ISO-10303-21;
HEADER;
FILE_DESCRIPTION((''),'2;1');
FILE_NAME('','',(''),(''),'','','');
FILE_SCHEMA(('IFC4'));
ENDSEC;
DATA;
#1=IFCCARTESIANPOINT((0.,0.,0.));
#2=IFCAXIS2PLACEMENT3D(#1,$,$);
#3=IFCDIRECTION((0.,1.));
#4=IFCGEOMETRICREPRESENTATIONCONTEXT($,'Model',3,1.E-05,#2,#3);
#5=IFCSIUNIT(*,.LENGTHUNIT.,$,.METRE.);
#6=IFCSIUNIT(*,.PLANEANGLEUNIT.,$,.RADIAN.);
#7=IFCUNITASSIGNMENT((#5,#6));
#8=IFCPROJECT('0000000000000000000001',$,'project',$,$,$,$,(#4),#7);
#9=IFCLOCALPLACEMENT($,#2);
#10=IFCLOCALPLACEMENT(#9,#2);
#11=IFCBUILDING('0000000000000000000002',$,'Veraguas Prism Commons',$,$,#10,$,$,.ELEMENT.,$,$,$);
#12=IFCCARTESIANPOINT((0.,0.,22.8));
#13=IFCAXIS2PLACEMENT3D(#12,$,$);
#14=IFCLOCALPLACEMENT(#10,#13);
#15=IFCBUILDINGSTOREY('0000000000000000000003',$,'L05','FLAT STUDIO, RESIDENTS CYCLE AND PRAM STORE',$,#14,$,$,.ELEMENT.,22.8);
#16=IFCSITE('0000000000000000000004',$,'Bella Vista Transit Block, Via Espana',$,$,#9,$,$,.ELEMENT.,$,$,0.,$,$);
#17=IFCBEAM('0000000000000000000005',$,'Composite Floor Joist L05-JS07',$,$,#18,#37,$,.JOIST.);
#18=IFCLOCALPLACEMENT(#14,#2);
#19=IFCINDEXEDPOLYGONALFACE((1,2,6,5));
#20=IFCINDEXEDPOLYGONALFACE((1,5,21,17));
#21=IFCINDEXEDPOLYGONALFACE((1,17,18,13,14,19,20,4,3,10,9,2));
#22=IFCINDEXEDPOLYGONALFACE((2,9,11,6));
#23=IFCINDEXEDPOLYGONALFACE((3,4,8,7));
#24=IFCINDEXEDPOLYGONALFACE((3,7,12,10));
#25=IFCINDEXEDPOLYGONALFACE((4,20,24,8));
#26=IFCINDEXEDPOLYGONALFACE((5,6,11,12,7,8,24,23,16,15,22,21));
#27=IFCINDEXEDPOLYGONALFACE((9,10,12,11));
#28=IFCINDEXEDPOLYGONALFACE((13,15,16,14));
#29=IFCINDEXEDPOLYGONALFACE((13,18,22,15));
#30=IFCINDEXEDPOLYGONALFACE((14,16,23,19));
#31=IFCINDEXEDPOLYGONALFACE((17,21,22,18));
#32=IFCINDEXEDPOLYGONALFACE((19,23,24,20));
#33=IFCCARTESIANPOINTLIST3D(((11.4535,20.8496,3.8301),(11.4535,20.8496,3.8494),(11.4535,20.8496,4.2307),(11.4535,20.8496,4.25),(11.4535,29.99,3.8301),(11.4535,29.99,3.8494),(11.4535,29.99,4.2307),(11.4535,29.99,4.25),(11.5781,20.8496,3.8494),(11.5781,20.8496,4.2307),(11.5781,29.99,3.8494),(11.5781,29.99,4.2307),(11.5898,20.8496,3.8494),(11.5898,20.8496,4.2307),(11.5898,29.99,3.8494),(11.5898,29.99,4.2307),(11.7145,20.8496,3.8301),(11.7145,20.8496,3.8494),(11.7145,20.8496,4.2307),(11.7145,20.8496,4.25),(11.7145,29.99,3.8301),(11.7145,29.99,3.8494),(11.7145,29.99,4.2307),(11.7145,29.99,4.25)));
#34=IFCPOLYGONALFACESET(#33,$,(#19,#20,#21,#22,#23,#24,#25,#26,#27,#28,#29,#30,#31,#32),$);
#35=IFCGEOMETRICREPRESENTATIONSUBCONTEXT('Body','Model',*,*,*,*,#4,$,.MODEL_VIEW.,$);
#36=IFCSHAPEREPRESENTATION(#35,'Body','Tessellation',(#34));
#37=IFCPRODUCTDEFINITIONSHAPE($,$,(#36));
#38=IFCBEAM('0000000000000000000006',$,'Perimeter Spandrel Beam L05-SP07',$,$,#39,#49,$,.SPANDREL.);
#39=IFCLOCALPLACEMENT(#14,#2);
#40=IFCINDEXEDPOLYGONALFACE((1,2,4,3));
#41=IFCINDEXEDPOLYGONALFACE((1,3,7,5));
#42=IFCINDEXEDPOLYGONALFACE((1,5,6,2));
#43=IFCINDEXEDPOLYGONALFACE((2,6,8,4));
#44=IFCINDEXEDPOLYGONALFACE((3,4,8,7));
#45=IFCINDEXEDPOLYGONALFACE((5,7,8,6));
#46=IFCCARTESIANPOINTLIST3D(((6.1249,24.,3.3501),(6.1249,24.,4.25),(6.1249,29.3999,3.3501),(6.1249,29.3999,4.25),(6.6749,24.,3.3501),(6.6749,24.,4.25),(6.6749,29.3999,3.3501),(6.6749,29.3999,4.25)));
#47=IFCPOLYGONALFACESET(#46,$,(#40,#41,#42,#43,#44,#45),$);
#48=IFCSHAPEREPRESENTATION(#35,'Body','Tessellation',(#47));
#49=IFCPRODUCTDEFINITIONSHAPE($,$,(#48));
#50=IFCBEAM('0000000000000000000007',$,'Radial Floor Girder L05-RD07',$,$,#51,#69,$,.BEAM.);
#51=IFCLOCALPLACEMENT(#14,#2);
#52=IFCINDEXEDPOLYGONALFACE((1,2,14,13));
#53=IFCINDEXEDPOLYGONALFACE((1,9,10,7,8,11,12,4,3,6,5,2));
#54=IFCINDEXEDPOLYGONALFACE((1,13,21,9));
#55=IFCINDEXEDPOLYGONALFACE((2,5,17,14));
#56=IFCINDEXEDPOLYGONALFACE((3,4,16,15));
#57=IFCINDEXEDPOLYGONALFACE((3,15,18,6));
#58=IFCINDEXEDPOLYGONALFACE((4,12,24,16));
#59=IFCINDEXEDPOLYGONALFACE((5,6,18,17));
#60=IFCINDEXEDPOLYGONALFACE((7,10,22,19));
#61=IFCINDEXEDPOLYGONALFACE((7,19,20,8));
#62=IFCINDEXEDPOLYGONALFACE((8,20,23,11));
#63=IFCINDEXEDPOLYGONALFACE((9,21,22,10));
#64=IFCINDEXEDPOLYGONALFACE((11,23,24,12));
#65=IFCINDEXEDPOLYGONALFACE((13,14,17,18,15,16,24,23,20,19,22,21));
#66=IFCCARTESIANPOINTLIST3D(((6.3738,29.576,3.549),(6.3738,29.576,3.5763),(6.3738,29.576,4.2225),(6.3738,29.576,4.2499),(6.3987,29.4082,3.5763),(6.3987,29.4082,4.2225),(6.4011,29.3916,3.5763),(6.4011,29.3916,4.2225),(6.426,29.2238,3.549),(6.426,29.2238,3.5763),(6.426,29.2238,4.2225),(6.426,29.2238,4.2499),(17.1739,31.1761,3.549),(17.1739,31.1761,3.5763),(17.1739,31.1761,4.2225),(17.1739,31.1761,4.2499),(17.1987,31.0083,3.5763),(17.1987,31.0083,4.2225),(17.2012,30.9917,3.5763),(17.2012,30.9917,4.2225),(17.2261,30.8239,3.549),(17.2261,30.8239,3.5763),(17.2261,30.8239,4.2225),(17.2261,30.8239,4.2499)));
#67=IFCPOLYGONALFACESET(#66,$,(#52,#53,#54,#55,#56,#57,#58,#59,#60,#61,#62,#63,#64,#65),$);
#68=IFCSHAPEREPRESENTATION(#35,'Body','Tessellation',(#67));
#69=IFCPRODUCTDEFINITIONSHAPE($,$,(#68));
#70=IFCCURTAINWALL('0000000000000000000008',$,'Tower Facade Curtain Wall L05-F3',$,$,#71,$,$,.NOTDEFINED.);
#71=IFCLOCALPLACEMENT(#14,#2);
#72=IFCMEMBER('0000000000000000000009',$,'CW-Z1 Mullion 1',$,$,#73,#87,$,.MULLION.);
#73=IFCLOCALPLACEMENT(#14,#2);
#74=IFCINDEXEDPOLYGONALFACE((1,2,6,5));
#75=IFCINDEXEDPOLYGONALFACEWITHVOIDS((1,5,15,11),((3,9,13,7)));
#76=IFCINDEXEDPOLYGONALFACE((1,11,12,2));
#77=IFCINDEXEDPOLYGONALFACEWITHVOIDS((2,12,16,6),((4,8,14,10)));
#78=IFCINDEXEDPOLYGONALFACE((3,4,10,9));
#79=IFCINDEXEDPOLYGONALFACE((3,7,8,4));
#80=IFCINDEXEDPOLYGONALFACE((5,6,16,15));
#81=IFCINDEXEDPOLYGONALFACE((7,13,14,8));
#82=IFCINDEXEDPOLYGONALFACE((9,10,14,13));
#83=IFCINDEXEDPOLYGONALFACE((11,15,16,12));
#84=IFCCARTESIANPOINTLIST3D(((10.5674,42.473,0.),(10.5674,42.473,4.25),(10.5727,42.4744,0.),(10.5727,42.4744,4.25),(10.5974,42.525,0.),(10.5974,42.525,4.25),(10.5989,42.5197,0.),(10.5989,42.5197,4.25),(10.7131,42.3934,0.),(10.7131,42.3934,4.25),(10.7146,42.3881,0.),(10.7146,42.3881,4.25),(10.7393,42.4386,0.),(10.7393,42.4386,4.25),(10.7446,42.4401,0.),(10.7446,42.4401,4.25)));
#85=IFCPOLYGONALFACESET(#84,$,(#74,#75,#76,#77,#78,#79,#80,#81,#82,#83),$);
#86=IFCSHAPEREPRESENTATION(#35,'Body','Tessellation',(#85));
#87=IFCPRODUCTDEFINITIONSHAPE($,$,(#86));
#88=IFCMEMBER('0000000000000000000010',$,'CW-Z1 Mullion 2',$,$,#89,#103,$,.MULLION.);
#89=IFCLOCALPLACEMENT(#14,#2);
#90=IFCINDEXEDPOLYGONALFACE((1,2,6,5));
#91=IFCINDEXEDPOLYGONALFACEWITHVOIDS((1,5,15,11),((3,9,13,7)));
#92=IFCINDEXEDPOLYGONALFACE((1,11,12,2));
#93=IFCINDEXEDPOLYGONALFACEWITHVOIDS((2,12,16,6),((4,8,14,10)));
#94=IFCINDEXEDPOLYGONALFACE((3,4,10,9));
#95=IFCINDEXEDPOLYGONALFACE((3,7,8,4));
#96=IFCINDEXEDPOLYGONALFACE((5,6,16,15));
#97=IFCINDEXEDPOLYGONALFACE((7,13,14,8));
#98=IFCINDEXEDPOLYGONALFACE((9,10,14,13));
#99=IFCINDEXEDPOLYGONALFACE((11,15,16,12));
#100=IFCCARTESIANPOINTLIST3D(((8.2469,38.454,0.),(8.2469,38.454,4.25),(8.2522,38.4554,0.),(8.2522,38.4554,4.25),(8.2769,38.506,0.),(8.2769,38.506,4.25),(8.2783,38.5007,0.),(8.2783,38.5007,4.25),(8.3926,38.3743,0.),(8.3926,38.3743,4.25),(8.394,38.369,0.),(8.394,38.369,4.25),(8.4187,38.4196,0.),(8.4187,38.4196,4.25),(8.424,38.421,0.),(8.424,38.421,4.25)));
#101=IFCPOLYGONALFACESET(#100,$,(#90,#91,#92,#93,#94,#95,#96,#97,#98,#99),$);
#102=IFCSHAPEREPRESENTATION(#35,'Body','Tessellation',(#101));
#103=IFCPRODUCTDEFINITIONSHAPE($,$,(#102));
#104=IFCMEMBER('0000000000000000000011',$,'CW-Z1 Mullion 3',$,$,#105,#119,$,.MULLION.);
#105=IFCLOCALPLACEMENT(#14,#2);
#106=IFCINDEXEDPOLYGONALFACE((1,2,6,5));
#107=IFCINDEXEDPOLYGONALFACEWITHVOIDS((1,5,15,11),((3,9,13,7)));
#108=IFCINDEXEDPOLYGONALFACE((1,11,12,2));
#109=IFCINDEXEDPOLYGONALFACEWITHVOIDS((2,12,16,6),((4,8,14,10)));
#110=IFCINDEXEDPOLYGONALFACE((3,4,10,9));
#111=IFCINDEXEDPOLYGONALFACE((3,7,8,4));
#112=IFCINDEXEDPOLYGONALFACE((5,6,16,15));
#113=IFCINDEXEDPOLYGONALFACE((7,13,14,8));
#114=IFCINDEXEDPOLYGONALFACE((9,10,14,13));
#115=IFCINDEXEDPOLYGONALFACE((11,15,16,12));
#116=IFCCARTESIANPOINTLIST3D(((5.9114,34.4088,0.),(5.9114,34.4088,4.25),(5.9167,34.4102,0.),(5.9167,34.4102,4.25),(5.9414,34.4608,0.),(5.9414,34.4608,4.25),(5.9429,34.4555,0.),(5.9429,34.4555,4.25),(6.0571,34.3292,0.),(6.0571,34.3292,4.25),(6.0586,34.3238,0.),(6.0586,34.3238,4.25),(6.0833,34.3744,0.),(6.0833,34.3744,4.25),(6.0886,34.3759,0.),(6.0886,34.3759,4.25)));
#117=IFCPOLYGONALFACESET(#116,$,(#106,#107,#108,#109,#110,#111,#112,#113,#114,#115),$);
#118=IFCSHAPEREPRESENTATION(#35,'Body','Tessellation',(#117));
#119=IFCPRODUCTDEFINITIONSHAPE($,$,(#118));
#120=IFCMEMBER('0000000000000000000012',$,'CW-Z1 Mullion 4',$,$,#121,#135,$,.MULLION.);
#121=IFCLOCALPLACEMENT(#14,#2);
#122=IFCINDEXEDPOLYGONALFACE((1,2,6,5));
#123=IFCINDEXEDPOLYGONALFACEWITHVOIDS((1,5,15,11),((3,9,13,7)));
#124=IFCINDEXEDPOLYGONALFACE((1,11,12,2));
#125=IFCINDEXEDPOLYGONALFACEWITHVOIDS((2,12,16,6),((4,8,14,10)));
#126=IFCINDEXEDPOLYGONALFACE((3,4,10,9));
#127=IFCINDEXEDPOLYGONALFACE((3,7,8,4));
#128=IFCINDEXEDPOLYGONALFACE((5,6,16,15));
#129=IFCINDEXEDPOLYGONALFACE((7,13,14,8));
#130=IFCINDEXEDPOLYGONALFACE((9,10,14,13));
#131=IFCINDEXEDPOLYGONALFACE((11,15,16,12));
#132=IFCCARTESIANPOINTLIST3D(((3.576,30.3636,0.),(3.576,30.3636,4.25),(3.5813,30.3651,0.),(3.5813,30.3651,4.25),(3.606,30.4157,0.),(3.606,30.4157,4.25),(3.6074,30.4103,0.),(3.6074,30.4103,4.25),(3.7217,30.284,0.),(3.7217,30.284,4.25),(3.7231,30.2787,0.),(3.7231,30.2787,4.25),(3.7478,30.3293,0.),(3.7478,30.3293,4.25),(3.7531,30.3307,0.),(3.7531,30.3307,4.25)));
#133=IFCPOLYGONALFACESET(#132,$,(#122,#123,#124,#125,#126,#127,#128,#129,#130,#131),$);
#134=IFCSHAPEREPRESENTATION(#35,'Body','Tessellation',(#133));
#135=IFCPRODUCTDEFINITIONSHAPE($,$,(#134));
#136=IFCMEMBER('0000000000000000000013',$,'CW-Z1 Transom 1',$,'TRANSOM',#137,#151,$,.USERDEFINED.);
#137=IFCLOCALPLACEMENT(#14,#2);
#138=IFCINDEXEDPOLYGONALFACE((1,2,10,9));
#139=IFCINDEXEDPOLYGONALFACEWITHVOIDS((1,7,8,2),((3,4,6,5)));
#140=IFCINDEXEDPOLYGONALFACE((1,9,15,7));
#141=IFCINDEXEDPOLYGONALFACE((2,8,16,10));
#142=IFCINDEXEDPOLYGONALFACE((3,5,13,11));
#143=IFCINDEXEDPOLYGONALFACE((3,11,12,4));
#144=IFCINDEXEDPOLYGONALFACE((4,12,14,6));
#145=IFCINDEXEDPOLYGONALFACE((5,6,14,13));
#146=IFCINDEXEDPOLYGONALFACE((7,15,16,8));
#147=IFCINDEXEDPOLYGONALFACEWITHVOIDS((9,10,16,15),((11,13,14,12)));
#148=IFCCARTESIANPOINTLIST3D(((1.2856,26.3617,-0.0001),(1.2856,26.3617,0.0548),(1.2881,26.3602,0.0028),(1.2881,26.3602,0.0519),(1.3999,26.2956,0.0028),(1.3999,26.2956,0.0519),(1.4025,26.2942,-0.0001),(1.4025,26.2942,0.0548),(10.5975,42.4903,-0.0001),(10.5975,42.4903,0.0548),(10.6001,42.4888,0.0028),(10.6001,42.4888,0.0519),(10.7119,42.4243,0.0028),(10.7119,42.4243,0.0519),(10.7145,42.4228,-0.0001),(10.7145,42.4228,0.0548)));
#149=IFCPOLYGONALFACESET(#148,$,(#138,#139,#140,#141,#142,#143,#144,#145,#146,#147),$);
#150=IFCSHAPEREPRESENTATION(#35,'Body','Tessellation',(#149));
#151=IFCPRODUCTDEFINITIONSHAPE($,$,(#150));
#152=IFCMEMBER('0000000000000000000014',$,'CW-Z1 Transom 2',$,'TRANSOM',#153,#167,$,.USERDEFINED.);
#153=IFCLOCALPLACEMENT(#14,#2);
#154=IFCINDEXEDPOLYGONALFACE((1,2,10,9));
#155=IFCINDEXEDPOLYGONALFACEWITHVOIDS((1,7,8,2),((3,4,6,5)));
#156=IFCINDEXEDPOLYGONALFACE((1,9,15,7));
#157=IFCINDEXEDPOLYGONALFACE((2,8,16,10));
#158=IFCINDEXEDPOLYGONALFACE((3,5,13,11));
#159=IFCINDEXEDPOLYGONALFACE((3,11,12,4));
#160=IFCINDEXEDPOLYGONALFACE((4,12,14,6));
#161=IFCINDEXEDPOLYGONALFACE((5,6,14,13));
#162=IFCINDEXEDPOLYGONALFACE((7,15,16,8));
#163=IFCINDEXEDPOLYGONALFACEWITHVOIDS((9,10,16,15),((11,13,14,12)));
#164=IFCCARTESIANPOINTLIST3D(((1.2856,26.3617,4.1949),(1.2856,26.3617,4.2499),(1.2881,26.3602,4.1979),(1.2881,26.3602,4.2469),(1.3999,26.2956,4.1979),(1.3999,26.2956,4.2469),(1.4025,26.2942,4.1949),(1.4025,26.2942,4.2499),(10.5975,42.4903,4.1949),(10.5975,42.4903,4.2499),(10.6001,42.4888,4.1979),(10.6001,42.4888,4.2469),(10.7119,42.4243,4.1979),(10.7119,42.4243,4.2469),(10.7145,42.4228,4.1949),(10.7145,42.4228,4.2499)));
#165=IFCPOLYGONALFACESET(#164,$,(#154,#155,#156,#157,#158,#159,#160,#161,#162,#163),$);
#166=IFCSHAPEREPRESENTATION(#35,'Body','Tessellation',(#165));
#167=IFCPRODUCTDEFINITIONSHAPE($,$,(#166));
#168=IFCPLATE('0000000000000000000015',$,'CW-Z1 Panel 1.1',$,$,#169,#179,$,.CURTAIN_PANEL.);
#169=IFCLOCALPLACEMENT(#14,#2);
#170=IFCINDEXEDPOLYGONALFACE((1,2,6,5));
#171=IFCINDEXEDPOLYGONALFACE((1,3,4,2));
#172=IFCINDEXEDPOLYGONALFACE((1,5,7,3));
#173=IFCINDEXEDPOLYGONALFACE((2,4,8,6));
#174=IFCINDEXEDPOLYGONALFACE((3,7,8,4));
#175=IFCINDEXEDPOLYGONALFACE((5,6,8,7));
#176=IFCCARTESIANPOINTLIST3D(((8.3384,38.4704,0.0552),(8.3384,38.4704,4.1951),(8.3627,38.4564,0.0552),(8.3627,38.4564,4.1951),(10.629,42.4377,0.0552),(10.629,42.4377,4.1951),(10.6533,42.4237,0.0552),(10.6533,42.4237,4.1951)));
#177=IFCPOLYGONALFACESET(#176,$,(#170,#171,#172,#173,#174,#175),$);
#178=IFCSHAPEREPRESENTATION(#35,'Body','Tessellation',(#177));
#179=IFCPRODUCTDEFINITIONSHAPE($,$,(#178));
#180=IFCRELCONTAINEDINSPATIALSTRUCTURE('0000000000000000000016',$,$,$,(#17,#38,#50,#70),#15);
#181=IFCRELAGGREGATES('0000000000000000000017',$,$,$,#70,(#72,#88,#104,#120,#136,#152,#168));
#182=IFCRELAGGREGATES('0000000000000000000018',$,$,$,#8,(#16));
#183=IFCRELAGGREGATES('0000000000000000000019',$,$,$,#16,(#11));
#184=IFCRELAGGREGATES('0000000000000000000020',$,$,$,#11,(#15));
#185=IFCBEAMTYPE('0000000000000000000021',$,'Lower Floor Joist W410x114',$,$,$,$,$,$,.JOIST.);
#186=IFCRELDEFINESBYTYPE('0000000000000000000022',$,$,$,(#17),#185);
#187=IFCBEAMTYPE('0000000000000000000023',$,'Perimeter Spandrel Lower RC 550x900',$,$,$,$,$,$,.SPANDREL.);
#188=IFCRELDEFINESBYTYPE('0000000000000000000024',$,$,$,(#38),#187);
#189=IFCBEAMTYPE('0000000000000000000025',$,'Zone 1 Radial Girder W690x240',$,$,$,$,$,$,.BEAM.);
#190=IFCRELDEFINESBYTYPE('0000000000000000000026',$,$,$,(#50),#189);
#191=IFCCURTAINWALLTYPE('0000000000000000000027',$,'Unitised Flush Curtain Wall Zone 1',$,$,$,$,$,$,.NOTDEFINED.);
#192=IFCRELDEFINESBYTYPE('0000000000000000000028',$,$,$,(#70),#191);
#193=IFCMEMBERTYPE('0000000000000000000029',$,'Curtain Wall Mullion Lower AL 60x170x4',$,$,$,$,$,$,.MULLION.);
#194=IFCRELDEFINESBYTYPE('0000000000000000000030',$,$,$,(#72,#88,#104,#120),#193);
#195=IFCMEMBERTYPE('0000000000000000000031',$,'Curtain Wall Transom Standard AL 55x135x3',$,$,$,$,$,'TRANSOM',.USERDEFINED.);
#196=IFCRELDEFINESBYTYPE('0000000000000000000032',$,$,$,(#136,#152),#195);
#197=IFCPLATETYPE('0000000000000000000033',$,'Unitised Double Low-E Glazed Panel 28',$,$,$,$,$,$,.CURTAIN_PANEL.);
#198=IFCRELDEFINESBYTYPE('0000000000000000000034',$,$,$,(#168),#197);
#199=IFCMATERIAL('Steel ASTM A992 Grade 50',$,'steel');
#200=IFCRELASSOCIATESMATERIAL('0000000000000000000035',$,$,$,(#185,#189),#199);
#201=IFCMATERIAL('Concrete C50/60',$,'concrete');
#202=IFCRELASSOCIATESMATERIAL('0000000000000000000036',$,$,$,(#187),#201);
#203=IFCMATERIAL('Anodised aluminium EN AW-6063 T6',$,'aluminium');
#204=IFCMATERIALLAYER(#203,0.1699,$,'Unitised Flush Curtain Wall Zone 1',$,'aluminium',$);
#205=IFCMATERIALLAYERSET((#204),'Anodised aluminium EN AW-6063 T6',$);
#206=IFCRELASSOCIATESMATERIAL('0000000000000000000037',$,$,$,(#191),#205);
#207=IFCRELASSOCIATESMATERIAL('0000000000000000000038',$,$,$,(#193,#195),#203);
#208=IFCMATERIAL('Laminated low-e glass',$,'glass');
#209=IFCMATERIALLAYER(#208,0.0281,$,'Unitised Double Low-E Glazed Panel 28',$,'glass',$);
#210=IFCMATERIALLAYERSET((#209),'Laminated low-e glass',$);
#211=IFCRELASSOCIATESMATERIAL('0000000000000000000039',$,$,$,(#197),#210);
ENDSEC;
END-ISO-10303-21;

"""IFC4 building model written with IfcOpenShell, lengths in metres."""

from ifc_helpers import new_model, si_unit, direction, frame, origin, origin_2d, place, context, subcontext, project, spatial, rectangle, hollow_rectangle, i_section, extrude, source, transform, mapped, material, layer, layer_set, material_profile, profile_set, type_object, element, aggregate, save


model = new_model("IFC4")

# Units and contexts
model_context = context("Model", 3, precision=1e-05, world=origin(), true_north=direction((0.0, 1.0)))
body_context = subcontext(model_context, "Body", "Model", "MODEL_VIEW")
ifc_project = project(units=[si_unit("LENGTHUNIT", "METRE"), si_unit("PLANEANGLEUNIT", "RADIAN")], contexts=[model_context])

# Site, building, storey
site_placement = place(None, origin())
site = spatial("IfcSite", under=ifc_project, at=site_placement, Name="Bella Vista Transit Block, Via Espana", CompositionType="ELEMENT", RefElevation=0.0)
building_placement = place(site_placement, origin())
building = spatial("IfcBuilding", under=site, at=building_placement, Name="Veraguas Prism Commons", CompositionType="ELEMENT")
storey_placement = place(building_placement, frame((0.0, 0.0, 22.8)))
storey = spatial("IfcBuildingStorey", under=building, at=storey_placement, Name="L05", Description="FLAT STUDIO, RESIDENTS CYCLE AND PRAM STORE", CompositionType="ELEMENT", Elevation=22.8)

# Beams
ifc_material_1 = material(Name="Steel ASTM A992 Grade 50", Category="steel")
ifc_material_profile_1 = material_profile(ifc_material_1, i_section(OverallWidth=0.261, OverallDepth=0.4199, WebThickness=0.0117, FlangeThickness=0.0193, at=origin_2d()), Name="W410X114")
ifc_profile_set_1 = profile_set([ifc_material_profile_1], Name="Steel ASTM A992 Grade 50")
beam_type_1 = type_object("IfcBeamType", Name="Lower Floor Joist W410x114", PredefinedType="JOIST", material=ifc_profile_set_1)
beam_1_placement = place(storey_placement, frame((11.584, 29.99, 4.04), z_axis=(0.0, -1.0, 0.0), x_axis=(1.0, 0.0, 0.0)))
element("IfcBeam", 1, at=beam_1_placement, inside=storey, type_object=beam_type_1, Name="Composite Floor Joist L05-JS07", PredefinedType="JOIST", context=body_context, shape_type="SweptSolid", body=[
    extrude(i_section(OverallWidth=0.261, OverallDepth=0.4199, WebThickness=0.0117, FlangeThickness=0.0193, at=origin_2d()), origin(), (0.0, 0.0, 1.0), 9.1404),
])
ifc_material_2 = material(Name="Concrete C50/60", Category="concrete")
ifc_material_profile_2 = material_profile(ifc_material_2, rectangle(XDim=0.55, YDim=0.8999, at=origin_2d()), Name="RC550X900")
ifc_profile_set_2 = profile_set([ifc_material_profile_2], Name="Concrete C50/60")
beam_type_2 = type_object("IfcBeamType", Name="Perimeter Spandrel Lower RC 550x900", PredefinedType="SPANDREL", material=ifc_profile_set_2)
beam_2_placement = place(storey_placement, frame((6.3999, 29.3999, 3.8), z_axis=(0.0, -1.0, 0.0), x_axis=(1.0, 0.0, 0.0)))
element("IfcBeam", 2, at=beam_2_placement, inside=storey, type_object=beam_type_2, Name="Perimeter Spandrel Beam L05-SP07", PredefinedType="SPANDREL", context=body_context, shape_type="SweptSolid", body=[
    extrude(rectangle(XDim=0.55, YDim=0.8999, at=origin_2d()), origin(), (0.0, 0.0, 1.0), 5.3999),
])
ifc_material_profile_3 = material_profile(ifc_material_1, i_section(OverallWidth=0.356, OverallDepth=0.7009, WebThickness=0.0168, FlangeThickness=0.0273, at=origin_2d()), Name="W690X240")
ifc_profile_set_3 = profile_set([ifc_material_profile_3], Name="Steel ASTM A992 Grade 50")
beam_type_3 = type_object("IfcBeamType", Name="Zone 1 Radial Girder W690x240", PredefinedType="BEAM", material=ifc_profile_set_3)
beam_3_placement = place(storey_placement, frame((6.3999, 29.3999, 3.8994), z_axis=(0.989202, 0.146557, 0.0), x_axis=(-0.146557, 0.989202, 0.0)))
element("IfcBeam", 3, at=beam_3_placement, inside=storey, type_object=beam_type_3, Name="Radial Floor Girder L05-RD07", PredefinedType="BEAM", context=body_context, shape_type="SweptSolid", body=[
    extrude(i_section(OverallWidth=0.356, OverallDepth=0.7009, WebThickness=0.0168, FlangeThickness=0.0273, at=origin_2d()), origin(), (0.0, 0.0, 1.0), 10.918),
])

# Curtain wall, members, plate
ifc_material_3 = material(Name="Anodised aluminium EN AW-6063 T6", Category="aluminium")
ifc_layer_1 = layer(ifc_material_3, 0.1699, Name="Unitised Flush Curtain Wall Zone 1", Category="aluminium")
ifc_layer_set_1 = layer_set([ifc_layer_1], Name="Anodised aluminium EN AW-6063 T6")
curtain_wall_type = type_object("IfcCurtainWallType", Name="Unitised Flush Curtain Wall Zone 1", PredefinedType="NOTDEFINED", material=ifc_layer_set_1)
curtain_wall_placement = place(storey_placement, origin())
curtain_wall = element("IfcCurtainWall", 4, at=curtain_wall_placement, inside=storey, type_object=curtain_wall_type, Name="Tower Facade Curtain Wall L05-F3", PredefinedType="NOTDEFINED")
ifc_material_profile_4 = material_profile(ifc_material_3, hollow_rectangle(XDim=0.0601, YDim=0.1699, WallThickness=0.0039, at=origin_2d()), Name="AL60X170X4")
ifc_profile_set_4 = profile_set([ifc_material_profile_4], Name="Anodised aluminium EN AW-6063 T6")
member_type_1 = type_object("IfcMemberType", Name="Curtain Wall Mullion Lower AL 60x170x4", PredefinedType="MULLION", material=ifc_profile_set_4)
shared_shape_1 = source(origin(), body_context, "Body", "SweptSolid", [
    extrude(hollow_rectangle(XDim=0.0601, YDim=0.1699, WallThickness=0.0039, at=origin_2d()), origin(), (0.0, 0.0, 1.0), 4.25),
])
member_1_placement = place(storey_placement, frame((10.656, 42.4565, 0.0), z_axis=(0.0, 0.0, 1.0), x_axis=(-0.500005, -0.866023, 0.0)))
member_1 = element("IfcMember", 5, at=member_1_placement, type_object=member_type_1, Name="CW-Z1 Mullion 1", PredefinedType="MULLION", context=body_context, shape_type="MappedRepresentation", body=[
    mapped(shared_shape_1, transform((0.0, 0.0, 0.0), scale=1.0)),
])
member_2_placement = place(storey_placement, frame((8.3354, 38.4375, 0.0), z_axis=(0.0, 0.0, 1.0), x_axis=(-0.500005, -0.866023, 0.0)))
member_2 = element("IfcMember", 6, at=member_2_placement, type_object=member_type_1, Name="CW-Z1 Mullion 2", PredefinedType="MULLION", context=body_context, shape_type="MappedRepresentation", body=[
    mapped(shared_shape_1, transform((0.0, 0.0, 0.0), scale=1.0)),
])
member_3_placement = place(storey_placement, frame((6.0, 34.3923, 0.0), z_axis=(0.0, 0.0, 1.0), x_axis=(-0.500005, -0.866023, 0.0)))
member_3 = element("IfcMember", 7, at=member_3_placement, type_object=member_type_1, Name="CW-Z1 Mullion 3", PredefinedType="MULLION", context=body_context, shape_type="MappedRepresentation", body=[
    mapped(shared_shape_1, transform((0.0, 0.0, 0.0), scale=1.0)),
])
member_4_placement = place(storey_placement, frame((3.6646, 30.3472, 0.0), z_axis=(0.0, 0.0, 1.0), x_axis=(-0.500005, -0.866023, 0.0)))
member_4 = element("IfcMember", 8, at=member_4_placement, type_object=member_type_1, Name="CW-Z1 Mullion 4", PredefinedType="MULLION", context=body_context, shape_type="MappedRepresentation", body=[
    mapped(shared_shape_1, transform((0.0, 0.0, 0.0), scale=1.0)),
])
ifc_material_profile_5 = material_profile(ifc_material_3, hollow_rectangle(XDim=0.0549, YDim=0.135, WallThickness=0.0029, at=origin_2d()), Name="AL55X135X3")
ifc_profile_set_5 = profile_set([ifc_material_profile_5], Name="Anodised aluminium EN AW-6063 T6")
member_type_2 = type_object("IfcMemberType", Name="Curtain Wall Transom Standard AL 55x135x3", ElementType="TRANSOM", PredefinedType="USERDEFINED", material=ifc_profile_set_5)
shared_shape_2 = source(origin(), body_context, "Body", "SweptSolid", [
    extrude(hollow_rectangle(XDim=0.0549, YDim=0.135, WallThickness=0.0029, at=origin_2d()), origin(), (0.0, 0.0, 1.0), 18.6238),
])
member_5_placement = place(storey_placement, frame((10.656, 42.4565, 0.0273), z_axis=(-0.500005, -0.866023, 0.0), x_axis=(0.0, 0.0, 1.0)))
member_5 = element("IfcMember", 9, at=member_5_placement, type_object=member_type_2, Name="CW-Z1 Transom 1", ObjectType="TRANSOM", PredefinedType="USERDEFINED", context=body_context, shape_type="MappedRepresentation", body=[
    mapped(shared_shape_2, transform((0.0, 0.0, 0.0), scale=1.0)),
])
member_6_placement = place(storey_placement, frame((10.656, 42.4565, 4.2224), z_axis=(-0.500005, -0.866023, 0.0), x_axis=(0.0, 0.0, 1.0)))
member_6 = element("IfcMember", 10, at=member_6_placement, type_object=member_type_2, Name="CW-Z1 Transom 2", ObjectType="TRANSOM", PredefinedType="USERDEFINED", context=body_context, shape_type="MappedRepresentation", body=[
    mapped(shared_shape_2, transform((0.0, 0.0, 0.0), scale=1.0)),
])
ifc_material_4 = material(Name="Laminated low-e glass", Category="glass")
ifc_layer_2 = layer(ifc_material_4, 0.0281, Name="Unitised Double Low-E Glazed Panel 28", Category="glass")
ifc_layer_set_2 = layer_set([ifc_layer_2], Name="Laminated low-e glass")
plate_type = type_object("IfcPlateType", Name="Unitised Double Low-E Glazed Panel 28", PredefinedType="CURTAIN_PANEL", material=ifc_layer_set_2)
shared_shape_3 = source(origin(), body_context, "Body", "SweptSolid", [
    extrude(rectangle(XDim=4.5811, YDim=0.0281, at=origin_2d()), origin(), (0.0, 0.0, 1.0), 4.1399),
])
plate_1_placement = place(storey_placement, frame((9.4958, 40.447, 0.0552), z_axis=(0.0, 0.0, 1.0), x_axis=(-0.500005, -0.866023, 0.0)))
plate_1 = element("IfcPlate", 11, at=plate_1_placement, type_object=plate_type, Name="CW-Z1 Panel 1.1", PredefinedType="CURTAIN_PANEL", context=body_context, shape_type="MappedRepresentation", body=[
    mapped(shared_shape_3, transform((0.0, 0.0, 0.0), scale=1.0)),
])
aggregate(curtain_wall, [member_1, member_2, member_3, member_4, member_5, member_6, plate_1])

save(model, "model.ifc")
